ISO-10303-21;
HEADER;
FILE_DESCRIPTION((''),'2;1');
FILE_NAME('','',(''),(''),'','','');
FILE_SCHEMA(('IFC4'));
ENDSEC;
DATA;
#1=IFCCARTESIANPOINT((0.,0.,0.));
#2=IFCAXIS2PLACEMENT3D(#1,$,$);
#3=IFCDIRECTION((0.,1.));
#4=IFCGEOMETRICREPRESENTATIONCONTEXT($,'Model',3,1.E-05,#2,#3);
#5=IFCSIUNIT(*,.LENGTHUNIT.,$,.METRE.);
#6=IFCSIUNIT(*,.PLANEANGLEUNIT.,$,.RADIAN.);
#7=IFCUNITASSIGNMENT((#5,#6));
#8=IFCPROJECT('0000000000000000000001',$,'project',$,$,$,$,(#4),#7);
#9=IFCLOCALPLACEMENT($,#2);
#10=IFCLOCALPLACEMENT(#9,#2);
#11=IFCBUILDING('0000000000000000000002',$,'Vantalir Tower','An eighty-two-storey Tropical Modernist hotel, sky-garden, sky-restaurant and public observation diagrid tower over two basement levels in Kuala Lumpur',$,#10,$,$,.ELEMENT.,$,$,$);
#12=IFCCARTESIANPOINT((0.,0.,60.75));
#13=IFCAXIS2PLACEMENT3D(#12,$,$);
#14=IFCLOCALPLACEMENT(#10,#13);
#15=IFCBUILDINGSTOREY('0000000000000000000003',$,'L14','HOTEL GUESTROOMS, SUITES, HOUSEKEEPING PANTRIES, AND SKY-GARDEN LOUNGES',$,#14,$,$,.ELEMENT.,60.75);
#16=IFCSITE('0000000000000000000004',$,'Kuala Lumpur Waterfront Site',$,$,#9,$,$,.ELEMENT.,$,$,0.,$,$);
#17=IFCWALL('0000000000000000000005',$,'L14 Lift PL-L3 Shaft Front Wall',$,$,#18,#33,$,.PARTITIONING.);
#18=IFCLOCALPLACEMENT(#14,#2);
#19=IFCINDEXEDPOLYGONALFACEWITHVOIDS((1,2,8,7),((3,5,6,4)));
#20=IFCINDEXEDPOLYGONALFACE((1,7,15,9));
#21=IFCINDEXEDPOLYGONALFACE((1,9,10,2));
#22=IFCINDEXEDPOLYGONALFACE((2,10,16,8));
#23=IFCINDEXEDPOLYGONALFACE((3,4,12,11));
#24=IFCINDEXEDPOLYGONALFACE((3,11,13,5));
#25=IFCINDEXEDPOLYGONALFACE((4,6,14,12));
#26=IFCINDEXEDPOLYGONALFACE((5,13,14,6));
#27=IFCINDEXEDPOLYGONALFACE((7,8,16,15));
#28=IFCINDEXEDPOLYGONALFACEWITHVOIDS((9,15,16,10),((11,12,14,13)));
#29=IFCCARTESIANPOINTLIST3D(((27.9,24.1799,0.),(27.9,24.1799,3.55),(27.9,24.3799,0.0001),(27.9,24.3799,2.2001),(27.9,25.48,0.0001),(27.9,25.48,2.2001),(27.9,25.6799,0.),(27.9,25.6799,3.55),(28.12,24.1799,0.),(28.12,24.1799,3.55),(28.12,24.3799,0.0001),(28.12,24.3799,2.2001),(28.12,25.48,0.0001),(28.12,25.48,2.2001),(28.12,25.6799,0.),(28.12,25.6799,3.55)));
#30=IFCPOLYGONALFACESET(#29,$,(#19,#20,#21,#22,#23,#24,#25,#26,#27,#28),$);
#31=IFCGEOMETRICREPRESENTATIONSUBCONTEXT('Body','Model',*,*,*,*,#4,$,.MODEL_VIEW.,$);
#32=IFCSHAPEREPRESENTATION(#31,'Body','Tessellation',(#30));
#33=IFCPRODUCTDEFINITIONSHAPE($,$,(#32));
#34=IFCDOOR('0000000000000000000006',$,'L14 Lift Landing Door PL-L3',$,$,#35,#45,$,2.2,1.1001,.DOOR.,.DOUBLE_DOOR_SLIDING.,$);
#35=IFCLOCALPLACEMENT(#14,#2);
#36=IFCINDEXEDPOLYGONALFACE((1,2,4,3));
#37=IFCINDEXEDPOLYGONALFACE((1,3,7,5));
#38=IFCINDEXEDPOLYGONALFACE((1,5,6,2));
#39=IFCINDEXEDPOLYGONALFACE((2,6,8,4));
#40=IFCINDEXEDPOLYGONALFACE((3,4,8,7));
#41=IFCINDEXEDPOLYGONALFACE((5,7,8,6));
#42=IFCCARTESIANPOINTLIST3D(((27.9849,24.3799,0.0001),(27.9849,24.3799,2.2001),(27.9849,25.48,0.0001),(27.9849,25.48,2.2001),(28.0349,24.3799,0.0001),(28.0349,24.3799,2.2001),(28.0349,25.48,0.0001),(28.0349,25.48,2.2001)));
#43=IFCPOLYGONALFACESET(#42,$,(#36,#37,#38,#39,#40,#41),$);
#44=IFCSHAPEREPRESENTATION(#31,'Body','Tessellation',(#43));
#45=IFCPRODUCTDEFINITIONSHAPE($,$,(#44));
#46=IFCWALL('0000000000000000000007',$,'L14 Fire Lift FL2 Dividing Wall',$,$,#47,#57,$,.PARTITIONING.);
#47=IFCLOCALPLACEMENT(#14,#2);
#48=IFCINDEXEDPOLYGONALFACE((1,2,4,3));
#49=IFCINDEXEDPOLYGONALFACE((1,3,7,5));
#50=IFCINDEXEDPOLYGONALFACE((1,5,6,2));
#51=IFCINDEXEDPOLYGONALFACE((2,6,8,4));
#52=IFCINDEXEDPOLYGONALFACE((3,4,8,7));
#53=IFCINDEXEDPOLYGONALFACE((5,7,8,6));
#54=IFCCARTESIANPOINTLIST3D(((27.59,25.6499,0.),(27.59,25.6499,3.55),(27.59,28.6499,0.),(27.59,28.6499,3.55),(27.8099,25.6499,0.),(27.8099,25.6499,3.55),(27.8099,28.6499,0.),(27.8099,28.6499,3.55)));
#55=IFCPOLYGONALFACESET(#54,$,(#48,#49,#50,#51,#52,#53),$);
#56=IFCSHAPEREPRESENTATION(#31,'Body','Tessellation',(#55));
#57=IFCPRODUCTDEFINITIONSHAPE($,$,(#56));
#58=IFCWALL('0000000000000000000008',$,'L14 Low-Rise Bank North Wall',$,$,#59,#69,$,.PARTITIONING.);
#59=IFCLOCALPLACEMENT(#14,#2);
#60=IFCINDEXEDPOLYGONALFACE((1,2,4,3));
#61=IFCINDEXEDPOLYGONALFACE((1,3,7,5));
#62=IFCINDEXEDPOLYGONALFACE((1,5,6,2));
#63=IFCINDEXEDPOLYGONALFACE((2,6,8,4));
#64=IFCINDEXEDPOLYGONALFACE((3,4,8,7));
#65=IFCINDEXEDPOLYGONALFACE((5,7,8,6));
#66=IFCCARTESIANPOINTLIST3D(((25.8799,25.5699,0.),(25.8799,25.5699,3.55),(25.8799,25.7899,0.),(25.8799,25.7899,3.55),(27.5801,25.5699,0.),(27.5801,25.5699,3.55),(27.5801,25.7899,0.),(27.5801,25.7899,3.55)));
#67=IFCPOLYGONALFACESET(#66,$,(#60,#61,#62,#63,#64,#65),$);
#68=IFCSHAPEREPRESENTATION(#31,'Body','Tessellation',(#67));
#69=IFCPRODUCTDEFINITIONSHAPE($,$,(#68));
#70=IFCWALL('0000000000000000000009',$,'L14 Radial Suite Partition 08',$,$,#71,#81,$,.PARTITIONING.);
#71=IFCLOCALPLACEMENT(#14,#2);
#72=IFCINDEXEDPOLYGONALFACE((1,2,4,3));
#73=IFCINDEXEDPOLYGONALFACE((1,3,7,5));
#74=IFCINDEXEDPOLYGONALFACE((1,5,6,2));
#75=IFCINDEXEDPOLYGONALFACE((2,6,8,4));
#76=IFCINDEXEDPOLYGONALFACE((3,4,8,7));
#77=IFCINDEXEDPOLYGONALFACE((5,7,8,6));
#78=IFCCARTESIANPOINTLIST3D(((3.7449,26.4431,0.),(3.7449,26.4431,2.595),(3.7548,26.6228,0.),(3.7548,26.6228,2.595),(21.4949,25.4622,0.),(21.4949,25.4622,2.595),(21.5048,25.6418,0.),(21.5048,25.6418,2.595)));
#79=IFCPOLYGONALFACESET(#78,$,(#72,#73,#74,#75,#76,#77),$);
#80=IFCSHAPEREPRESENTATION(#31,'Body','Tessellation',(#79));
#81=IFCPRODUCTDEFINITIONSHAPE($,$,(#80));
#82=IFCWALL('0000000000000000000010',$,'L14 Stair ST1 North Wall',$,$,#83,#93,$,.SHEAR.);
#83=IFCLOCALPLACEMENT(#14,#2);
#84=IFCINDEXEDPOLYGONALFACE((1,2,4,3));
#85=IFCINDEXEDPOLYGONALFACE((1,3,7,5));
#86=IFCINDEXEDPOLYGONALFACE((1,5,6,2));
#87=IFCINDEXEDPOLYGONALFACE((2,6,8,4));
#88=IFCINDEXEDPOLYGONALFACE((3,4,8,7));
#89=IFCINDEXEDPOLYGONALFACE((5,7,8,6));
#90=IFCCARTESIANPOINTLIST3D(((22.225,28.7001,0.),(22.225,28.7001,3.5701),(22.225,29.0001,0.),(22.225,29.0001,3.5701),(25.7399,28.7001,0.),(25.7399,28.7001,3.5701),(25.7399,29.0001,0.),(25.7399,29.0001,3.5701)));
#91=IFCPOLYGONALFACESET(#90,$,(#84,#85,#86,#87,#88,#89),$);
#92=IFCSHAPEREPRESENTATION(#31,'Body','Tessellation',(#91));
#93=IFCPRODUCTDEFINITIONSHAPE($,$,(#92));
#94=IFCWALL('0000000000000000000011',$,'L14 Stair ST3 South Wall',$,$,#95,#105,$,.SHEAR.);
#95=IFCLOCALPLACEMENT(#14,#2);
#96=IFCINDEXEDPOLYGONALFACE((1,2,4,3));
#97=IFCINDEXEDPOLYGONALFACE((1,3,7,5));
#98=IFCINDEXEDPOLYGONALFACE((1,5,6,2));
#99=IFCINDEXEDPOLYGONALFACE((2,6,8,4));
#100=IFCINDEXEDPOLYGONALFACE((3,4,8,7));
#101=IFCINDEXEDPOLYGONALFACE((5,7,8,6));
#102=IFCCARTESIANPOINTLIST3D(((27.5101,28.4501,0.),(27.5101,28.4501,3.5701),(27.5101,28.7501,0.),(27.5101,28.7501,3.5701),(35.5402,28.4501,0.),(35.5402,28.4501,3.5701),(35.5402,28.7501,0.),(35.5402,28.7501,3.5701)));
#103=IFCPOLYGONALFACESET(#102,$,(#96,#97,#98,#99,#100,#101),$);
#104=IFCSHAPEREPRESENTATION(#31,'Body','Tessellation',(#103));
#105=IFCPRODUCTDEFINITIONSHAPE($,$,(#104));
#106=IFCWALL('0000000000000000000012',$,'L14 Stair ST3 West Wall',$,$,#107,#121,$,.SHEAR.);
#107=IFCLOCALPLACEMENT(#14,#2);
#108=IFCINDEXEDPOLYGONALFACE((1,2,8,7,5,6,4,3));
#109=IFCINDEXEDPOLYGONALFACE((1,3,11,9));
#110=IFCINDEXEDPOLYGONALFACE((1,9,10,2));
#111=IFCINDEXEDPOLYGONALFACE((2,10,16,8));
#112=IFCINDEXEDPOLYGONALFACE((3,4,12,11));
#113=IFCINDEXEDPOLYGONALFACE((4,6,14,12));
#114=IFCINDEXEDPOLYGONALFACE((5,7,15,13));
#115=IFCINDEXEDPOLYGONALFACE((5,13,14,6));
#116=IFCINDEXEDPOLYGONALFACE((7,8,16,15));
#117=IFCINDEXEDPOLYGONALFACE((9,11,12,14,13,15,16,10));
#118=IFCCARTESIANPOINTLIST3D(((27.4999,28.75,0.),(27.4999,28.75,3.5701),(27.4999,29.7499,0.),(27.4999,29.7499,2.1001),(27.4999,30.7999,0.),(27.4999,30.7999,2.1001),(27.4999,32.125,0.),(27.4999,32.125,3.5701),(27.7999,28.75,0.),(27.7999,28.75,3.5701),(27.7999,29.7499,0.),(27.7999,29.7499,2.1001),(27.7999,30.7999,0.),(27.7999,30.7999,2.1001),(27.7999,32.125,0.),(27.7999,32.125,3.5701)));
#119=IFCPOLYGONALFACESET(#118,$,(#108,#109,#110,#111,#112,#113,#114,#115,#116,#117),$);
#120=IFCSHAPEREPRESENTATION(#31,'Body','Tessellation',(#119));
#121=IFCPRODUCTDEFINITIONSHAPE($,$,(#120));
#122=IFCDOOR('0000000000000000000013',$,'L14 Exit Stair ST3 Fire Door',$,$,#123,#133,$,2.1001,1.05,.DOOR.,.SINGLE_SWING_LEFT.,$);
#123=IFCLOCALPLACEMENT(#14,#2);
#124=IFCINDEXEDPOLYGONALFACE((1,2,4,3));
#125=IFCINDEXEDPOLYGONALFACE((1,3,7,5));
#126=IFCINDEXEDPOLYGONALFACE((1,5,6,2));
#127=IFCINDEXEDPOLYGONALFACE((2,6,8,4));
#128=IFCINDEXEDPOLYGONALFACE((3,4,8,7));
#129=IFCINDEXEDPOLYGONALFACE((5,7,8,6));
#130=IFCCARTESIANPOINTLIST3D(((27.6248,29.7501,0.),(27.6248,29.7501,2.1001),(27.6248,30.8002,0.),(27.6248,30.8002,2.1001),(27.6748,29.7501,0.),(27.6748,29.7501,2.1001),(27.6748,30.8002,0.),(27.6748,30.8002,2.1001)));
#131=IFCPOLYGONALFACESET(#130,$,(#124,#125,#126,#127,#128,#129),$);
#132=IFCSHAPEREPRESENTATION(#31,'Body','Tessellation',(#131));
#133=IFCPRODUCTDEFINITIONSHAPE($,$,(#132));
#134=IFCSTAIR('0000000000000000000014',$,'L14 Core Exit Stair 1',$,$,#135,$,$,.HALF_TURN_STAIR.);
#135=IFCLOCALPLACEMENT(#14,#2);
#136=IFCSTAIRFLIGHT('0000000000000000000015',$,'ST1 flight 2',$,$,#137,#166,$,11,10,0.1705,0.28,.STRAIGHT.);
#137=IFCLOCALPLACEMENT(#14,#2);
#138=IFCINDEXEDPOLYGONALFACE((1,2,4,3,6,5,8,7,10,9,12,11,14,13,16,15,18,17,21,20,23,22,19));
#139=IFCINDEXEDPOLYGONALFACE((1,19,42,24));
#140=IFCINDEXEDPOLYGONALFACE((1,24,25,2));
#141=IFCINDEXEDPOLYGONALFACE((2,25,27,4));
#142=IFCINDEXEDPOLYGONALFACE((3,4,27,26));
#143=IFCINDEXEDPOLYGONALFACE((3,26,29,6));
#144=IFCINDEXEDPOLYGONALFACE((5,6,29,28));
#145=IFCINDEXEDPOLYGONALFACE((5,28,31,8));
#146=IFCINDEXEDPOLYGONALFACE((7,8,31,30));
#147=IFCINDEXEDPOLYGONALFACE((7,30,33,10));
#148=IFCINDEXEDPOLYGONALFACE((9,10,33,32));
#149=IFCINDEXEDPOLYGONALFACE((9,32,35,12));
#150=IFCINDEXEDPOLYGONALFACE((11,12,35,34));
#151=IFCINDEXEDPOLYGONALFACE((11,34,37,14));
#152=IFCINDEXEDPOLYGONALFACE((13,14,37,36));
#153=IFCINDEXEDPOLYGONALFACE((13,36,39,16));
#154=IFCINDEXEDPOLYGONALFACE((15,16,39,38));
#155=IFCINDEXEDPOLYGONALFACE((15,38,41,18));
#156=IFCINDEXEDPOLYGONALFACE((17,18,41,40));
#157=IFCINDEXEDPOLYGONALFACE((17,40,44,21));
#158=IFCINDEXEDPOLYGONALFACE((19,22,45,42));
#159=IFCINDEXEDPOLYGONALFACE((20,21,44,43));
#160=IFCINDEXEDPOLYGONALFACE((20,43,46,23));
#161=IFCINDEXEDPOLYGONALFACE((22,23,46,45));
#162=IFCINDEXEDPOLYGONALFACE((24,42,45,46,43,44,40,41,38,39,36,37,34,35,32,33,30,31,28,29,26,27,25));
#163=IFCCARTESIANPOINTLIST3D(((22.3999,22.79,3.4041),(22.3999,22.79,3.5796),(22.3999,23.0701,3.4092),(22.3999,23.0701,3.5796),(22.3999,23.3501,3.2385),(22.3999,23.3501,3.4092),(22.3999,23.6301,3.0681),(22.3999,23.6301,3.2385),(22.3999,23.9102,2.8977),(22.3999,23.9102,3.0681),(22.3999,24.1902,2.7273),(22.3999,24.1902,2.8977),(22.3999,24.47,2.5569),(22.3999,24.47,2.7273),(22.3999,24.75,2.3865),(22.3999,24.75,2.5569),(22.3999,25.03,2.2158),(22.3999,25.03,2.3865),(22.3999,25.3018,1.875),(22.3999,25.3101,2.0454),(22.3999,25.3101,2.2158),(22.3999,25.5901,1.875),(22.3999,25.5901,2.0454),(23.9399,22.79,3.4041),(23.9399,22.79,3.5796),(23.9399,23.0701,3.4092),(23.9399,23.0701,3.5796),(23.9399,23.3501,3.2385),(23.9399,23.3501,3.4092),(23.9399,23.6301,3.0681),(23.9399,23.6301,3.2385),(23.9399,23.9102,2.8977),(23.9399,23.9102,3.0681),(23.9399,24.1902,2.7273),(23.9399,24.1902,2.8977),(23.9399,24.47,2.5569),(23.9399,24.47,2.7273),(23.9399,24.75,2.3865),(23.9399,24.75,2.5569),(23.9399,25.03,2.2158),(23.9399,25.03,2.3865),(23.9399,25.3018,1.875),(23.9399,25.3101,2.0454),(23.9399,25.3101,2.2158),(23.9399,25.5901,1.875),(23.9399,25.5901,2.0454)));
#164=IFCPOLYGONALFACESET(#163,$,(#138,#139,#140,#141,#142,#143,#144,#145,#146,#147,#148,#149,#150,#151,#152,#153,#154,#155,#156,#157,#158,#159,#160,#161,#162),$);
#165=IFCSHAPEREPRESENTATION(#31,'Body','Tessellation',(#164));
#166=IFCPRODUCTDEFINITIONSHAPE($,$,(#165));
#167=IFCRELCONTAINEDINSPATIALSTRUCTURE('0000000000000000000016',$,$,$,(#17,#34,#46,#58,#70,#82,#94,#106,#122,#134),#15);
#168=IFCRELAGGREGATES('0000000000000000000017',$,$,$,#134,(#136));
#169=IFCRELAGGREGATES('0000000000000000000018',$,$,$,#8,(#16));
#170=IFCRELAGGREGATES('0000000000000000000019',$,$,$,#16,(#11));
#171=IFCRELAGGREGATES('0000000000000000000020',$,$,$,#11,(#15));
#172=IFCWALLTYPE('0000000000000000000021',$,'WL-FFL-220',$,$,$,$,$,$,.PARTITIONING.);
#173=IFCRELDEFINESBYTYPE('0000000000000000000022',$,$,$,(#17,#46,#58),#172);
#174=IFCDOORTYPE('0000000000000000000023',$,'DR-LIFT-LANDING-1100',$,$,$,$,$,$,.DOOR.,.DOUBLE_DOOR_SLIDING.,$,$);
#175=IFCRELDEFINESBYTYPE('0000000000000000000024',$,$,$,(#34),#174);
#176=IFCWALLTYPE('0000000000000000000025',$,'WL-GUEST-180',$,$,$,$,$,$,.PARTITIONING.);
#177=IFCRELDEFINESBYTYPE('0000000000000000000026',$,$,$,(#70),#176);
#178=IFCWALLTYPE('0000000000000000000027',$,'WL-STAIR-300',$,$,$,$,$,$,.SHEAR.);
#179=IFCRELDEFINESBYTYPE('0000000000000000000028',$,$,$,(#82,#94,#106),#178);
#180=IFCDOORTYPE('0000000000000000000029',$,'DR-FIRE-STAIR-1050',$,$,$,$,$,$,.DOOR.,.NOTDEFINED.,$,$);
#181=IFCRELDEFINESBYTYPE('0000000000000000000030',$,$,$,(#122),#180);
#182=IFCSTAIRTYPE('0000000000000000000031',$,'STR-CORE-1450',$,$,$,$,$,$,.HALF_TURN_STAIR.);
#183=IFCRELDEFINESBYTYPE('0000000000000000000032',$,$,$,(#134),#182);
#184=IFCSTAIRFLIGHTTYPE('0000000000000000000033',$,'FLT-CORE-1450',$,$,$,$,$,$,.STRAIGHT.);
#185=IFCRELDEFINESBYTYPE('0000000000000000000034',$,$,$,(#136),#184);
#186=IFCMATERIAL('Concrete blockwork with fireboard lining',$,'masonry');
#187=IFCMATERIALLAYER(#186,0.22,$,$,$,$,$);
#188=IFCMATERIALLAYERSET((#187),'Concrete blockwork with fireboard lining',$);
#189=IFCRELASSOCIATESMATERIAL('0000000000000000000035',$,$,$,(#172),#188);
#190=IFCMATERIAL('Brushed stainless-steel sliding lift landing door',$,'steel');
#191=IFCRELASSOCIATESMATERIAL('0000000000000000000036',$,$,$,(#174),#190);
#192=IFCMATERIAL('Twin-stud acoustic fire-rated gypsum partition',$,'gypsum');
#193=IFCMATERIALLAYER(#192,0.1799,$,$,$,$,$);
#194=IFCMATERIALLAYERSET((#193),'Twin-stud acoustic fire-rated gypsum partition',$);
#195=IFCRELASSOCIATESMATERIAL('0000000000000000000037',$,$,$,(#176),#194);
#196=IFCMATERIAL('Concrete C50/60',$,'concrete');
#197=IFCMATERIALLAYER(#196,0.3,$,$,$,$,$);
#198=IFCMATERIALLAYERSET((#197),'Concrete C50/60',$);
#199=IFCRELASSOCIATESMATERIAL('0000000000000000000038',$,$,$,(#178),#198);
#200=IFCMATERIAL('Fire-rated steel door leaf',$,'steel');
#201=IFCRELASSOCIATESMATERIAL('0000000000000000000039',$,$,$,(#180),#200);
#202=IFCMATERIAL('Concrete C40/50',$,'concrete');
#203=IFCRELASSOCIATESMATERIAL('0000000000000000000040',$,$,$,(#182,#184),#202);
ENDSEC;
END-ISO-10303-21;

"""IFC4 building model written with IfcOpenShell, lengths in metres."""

from ifc_helpers import new_model, si_unit, direction, frame, frame_2d, origin, place, context, subcontext, project, spatial, polyline, rectangle, outline, extrude, material, layer, layer_set, type_object, element, fill, aggregate, save


model = new_model("IFC4")

# Units and contexts
model_context = context("Model", 3, precision=1e-05, world=origin(), true_north=direction((0.0, 1.0)))
body_context = subcontext(model_context, "Body", "Model", "MODEL_VIEW")
ifc_project = project(units=[si_unit("LENGTHUNIT", "METRE"), si_unit("PLANEANGLEUNIT", "RADIAN")], contexts=[model_context])

# Site, building, storey
site_placement = place(None, origin())
site = spatial("IfcSite", under=ifc_project, at=site_placement, Name="Kuala Lumpur Waterfront Site", CompositionType="ELEMENT", RefElevation=0.0)
building_placement = place(site_placement, origin())
building = spatial("IfcBuilding", under=site, at=building_placement, Name="Vantalir Tower", Description="An eighty-two-storey Tropical Modernist hotel, sky-garden, sky-restaurant and public observation diagrid tower over two basement levels in Kuala Lumpur", CompositionType="ELEMENT")
storey_placement = place(building_placement, frame((0.0, 0.0, 60.75)))
storey = spatial("IfcBuildingStorey", under=building, at=storey_placement, Name="L14", Description="HOTEL GUESTROOMS, SUITES, HOUSEKEEPING PANTRIES, AND SKY-GARDEN LOUNGES", CompositionType="ELEMENT", Elevation=60.75)

# Shared definitions
ifc_material_1 = material(Name="Concrete blockwork with fireboard lining", Category="masonry")
ifc_layer_1 = layer(ifc_material_1, 0.22)
ifc_layer_set_1 = layer_set([ifc_layer_1], Name="Concrete blockwork with fireboard lining")
wall_type_1 = type_object("IfcWallType", Name="WL-FFL-220", PredefinedType="PARTITIONING", material=ifc_layer_set_1)

# Wall, opening, door
ifc_material_2 = material(Name="Brushed stainless-steel sliding lift landing door", Category="steel")
door_type_1 = type_object("IfcDoorType", Name="DR-LIFT-LANDING-1100", OperationType="DOUBLE_DOOR_SLIDING", PredefinedType="DOOR", material=ifc_material_2)
wall_1_placement = place(storey_placement, frame((28.01, 24.1799, 0.0), z_axis=(0.0, 0.0, 1.0), x_axis=(0.0, 1.0, 0.0)))
wall_1 = element("IfcWall", 1, at=wall_1_placement, inside=storey, type_object=wall_type_1, Name="L14 Lift PL-L3 Shaft Front Wall", PredefinedType="PARTITIONING", context=body_context, shape_type="SweptSolid", body=[
    extrude(rectangle(XDim=1.5, YDim=0.22, at=frame_2d((0.75, 0.0))), origin(), (0.0, 0.0, 1.0), 3.55),
])
opening_1_placement = place(wall_1_placement, frame((0.2, 0.0, 0.0)))
opening_1 = element("IfcOpeningElement", 2, at=opening_1_placement, cuts=wall_1, PredefinedType="OPENING", context=body_context, shape_type="SweptSolid", body=[
    extrude(rectangle(XDim=1.1001, YDim=2.2, at=frame_2d((0.55, 1.1001))), frame((0.0, 0.1199, 0.0), z_axis=(0.0, -1.0, 0.0), x_axis=(1.0, 0.0, 0.0)), (0.0, 0.0, 1.0), 0.24),
])
door_1_placement = place(opening_1_placement, frame((1.1001, 0.0, 0.0), z_axis=(0.0, 0.0, 1.0), x_axis=(-1.0, 0.0, 0.0)))
door_1 = element("IfcDoor", 3, at=door_1_placement, inside=storey, type_object=door_type_1, Name="L14 Lift Landing Door PL-L3", OperationType="DOUBLE_DOOR_SLIDING", OverallHeight=2.2, OverallWidth=1.1001, PredefinedType="DOOR", context=body_context, shape_type="SweptSolid", body=[
    extrude(rectangle(XDim=1.1001, YDim=2.2, at=frame_2d((0.55, 1.1001))), frame((0.0, 0.0249, 0.0), z_axis=(0.0, -1.0, 0.0), x_axis=(1.0, 0.0, 0.0)), (0.0, 0.0, 1.0), 0.05),
])
fill(opening_1, door_1)

# Walls
wall_2_placement = place(storey_placement, frame((27.7, 25.6499, 0.0), z_axis=(0.0, 0.0, 1.0), x_axis=(0.0, 1.0, 0.0)))
element("IfcWall", 4, at=wall_2_placement, inside=storey, type_object=wall_type_1, Name="L14 Fire Lift FL2 Dividing Wall", PredefinedType="PARTITIONING", context=body_context, shape_type="SweptSolid", body=[
    extrude(rectangle(XDim=3.0, YDim=0.22, at=frame_2d((1.5, 0.0))), origin(), (0.0, 0.0, 1.0), 3.55),
])
wall_3_placement = place(storey_placement, frame((25.8799, 25.6799, 0.0), z_axis=(0.0, 0.0, 1.0), x_axis=(1.0, 0.0, 0.0)))
element("IfcWall", 5, at=wall_3_placement, inside=storey, type_object=wall_type_1, Name="L14 Low-Rise Bank North Wall", PredefinedType="PARTITIONING", context=body_context, shape_type="SweptSolid", body=[
    extrude(rectangle(XDim=1.7002, YDim=0.22, at=frame_2d((0.8501, 0.0))), origin(), (0.0, 0.0, 1.0), 3.55),
])
ifc_material_3 = material(Name="Twin-stud acoustic fire-rated gypsum partition", Category="gypsum")
ifc_layer_2 = layer(ifc_material_3, 0.1799)
ifc_layer_set_2 = layer_set([ifc_layer_2], Name="Twin-stud acoustic fire-rated gypsum partition")
wall_type_2 = type_object("IfcWallType", Name="WL-GUEST-180", PredefinedType="PARTITIONING", material=ifc_layer_set_2)
wall_4_placement = place(storey_placement, frame((21.5, 25.552, 0.0), z_axis=(0.0, 0.0, 1.0), x_axis=(-0.998476, 0.055181, 0.0)))
element("IfcWall", 6, at=wall_4_placement, inside=storey, type_object=wall_type_2, Name="L14 Radial Suite Partition 08", PredefinedType="PARTITIONING", context=body_context, shape_type="SweptSolid", body=[
    extrude(rectangle(XDim=17.7771, YDim=0.1799, at=frame_2d((8.8887, 0.0))), origin(), (0.0, 0.0, 1.0), 2.595),
])
ifc_material_4 = material(Name="Concrete C50/60", Category="concrete")
ifc_layer_3 = layer(ifc_material_4, 0.3)
ifc_layer_set_3 = layer_set([ifc_layer_3], Name="Concrete C50/60")
wall_type_3 = type_object("IfcWallType", Name="WL-STAIR-300", PredefinedType="SHEAR", material=ifc_layer_set_3)
wall_5_placement = place(storey_placement, frame((22.2251, 28.8501, 0.0), z_axis=(0.0, 0.0, 1.0), x_axis=(1.0, 0.0, 0.0)))
element("IfcWall", 7, at=wall_5_placement, inside=storey, type_object=wall_type_3, Name="L14 Stair ST1 North Wall", PredefinedType="SHEAR", context=body_context, shape_type="SweptSolid", body=[
    extrude(rectangle(XDim=3.5149, YDim=0.3, at=frame_2d((1.7573, 0.0))), origin(), (0.0, 0.0, 1.0), 3.5701),
])
wall_6_placement = place(storey_placement, frame((27.51, 28.6001, 0.0), z_axis=(0.0, 0.0, 1.0), x_axis=(1.0, 0.0, 0.0)))
element("IfcWall", 8, at=wall_6_placement, inside=storey, type_object=wall_type_3, Name="L14 Stair ST3 South Wall", PredefinedType="SHEAR", context=body_context, shape_type="SweptSolid", body=[
    extrude(rectangle(XDim=8.03, YDim=0.3, at=frame_2d((4.0151, 0.0))), origin(), (0.0, 0.0, 1.0), 3.5701),
])

# Wall, opening, door
wall_7_placement = place(storey_placement, frame((27.6499, 28.75, 0.0), z_axis=(0.0, 0.0, 1.0), x_axis=(0.0, 1.0, 0.0)))
wall_7 = element("IfcWall", 9, at=wall_7_placement, inside=storey, type_object=wall_type_3, Name="L14 Stair ST3 West Wall", PredefinedType="SHEAR", context=body_context, shape_type="SweptSolid", body=[
    extrude(rectangle(XDim=3.375, YDim=0.3, at=frame_2d((1.6875, 0.0))), origin(), (0.0, 0.0, 1.0), 3.5701),
])
opening_2_placement = place(wall_7_placement, frame((1.0, 0.0, 0.0)))
opening_2 = element("IfcOpeningElement", 10, at=opening_2_placement, cuts=wall_7, PredefinedType="OPENING", context=body_context, shape_type="SweptSolid", body=[
    extrude(rectangle(XDim=1.05, YDim=2.1001, at=frame_2d((0.5249, 1.05))), frame((0.0, 0.1599, 0.0), z_axis=(0.0, -1.0, 0.0), x_axis=(1.0, 0.0, 0.0)), (0.0, 0.0, 1.0), 0.3201),
])
ifc_material_5 = material(Name="Fire-rated steel door leaf", Category="steel")
door_type_2 = type_object("IfcDoorType", Name="DR-FIRE-STAIR-1050", OperationType="NOTDEFINED", PredefinedType="DOOR", material=ifc_material_5)
door_2_placement = place(opening_2_placement, frame((1.05, 0.0, 0.0), z_axis=(0.0, 0.0, 1.0), x_axis=(-1.0, 0.0, 0.0)))
door_2 = element("IfcDoor", 11, at=door_2_placement, inside=storey, type_object=door_type_2, Name="L14 Exit Stair ST3 Fire Door", OperationType="SINGLE_SWING_LEFT", OverallHeight=2.1001, OverallWidth=1.05, PredefinedType="DOOR", context=body_context, shape_type="SweptSolid", body=[
    extrude(rectangle(XDim=1.05, YDim=2.1001, at=frame_2d((0.5249, 1.05))), frame((0.0, 0.0249, 0.0), z_axis=(0.0, -1.0, 0.0), x_axis=(1.0, 0.0, 0.0)), (0.0, 0.0, 1.0), 0.05),
])
fill(opening_2, door_2)

# Stair, stair flight
ifc_material_6 = material(Name="Concrete C40/50", Category="concrete")
stair_type = type_object("IfcStairType", Name="STR-CORE-1450", PredefinedType="HALF_TURN_STAIR", material=ifc_material_6)
stair_1_placement = place(storey_placement, origin())
stair_1 = element("IfcStair", 12, at=stair_1_placement, inside=storey, type_object=stair_type, Name="L14 Core Exit Stair 1", PredefinedType="HALF_TURN_STAIR")
stair_flight_type = type_object("IfcStairFlightType", Name="FLT-CORE-1450", PredefinedType="STRAIGHT", material=ifc_material_6)
stair_flight_1_placement = place(storey_placement, frame((23.1699, 25.5901, 1.875), z_axis=(0.0, 0.0, 1.0), x_axis=(0.0, -1.0, 0.0)))
stair_flight_1 = element("IfcStairFlight", 13, at=stair_flight_1_placement, type_object=stair_flight_type, Name="ST1 flight 2", NumberOfRisers=11, NumberOfTreads=10, PredefinedType="STRAIGHT", RiserHeight=0.1705, TreadLength=0.28, context=body_context, shape_type="SweptSolid", body=[
    extrude(outline(polyline([(0.0, 0.0), (0.0, 0.1704), (0.28, 0.1704), (0.28, 0.3408), (0.5601, 0.3408), (0.5601, 0.5115), (0.8401, 0.5115), (0.8401, 0.6819), (1.1201, 0.6819), (1.1201, 0.8523), (1.3999, 0.8523), (1.3999, 1.0227), (1.6799, 1.0227), (1.6799, 1.1931), (1.96, 1.1931), (1.96, 1.3635), (2.24, 1.3635), (2.24, 1.5342), (2.52, 1.5342), (2.52, 1.7046), (2.8, 1.7046), (2.8, 1.875), (2.8, 1.5291), (0.2883, 0.0), (0.0, 0.0)])), frame((0.0, 0.77, 0.0), z_axis=(0.0, -1.0, 0.0), x_axis=(1.0, 0.0, 0.0)), (0.0, 0.0, 1.0), 1.54),
])
aggregate(stair_1, [stair_flight_1])

save(model, "model.ifc")
